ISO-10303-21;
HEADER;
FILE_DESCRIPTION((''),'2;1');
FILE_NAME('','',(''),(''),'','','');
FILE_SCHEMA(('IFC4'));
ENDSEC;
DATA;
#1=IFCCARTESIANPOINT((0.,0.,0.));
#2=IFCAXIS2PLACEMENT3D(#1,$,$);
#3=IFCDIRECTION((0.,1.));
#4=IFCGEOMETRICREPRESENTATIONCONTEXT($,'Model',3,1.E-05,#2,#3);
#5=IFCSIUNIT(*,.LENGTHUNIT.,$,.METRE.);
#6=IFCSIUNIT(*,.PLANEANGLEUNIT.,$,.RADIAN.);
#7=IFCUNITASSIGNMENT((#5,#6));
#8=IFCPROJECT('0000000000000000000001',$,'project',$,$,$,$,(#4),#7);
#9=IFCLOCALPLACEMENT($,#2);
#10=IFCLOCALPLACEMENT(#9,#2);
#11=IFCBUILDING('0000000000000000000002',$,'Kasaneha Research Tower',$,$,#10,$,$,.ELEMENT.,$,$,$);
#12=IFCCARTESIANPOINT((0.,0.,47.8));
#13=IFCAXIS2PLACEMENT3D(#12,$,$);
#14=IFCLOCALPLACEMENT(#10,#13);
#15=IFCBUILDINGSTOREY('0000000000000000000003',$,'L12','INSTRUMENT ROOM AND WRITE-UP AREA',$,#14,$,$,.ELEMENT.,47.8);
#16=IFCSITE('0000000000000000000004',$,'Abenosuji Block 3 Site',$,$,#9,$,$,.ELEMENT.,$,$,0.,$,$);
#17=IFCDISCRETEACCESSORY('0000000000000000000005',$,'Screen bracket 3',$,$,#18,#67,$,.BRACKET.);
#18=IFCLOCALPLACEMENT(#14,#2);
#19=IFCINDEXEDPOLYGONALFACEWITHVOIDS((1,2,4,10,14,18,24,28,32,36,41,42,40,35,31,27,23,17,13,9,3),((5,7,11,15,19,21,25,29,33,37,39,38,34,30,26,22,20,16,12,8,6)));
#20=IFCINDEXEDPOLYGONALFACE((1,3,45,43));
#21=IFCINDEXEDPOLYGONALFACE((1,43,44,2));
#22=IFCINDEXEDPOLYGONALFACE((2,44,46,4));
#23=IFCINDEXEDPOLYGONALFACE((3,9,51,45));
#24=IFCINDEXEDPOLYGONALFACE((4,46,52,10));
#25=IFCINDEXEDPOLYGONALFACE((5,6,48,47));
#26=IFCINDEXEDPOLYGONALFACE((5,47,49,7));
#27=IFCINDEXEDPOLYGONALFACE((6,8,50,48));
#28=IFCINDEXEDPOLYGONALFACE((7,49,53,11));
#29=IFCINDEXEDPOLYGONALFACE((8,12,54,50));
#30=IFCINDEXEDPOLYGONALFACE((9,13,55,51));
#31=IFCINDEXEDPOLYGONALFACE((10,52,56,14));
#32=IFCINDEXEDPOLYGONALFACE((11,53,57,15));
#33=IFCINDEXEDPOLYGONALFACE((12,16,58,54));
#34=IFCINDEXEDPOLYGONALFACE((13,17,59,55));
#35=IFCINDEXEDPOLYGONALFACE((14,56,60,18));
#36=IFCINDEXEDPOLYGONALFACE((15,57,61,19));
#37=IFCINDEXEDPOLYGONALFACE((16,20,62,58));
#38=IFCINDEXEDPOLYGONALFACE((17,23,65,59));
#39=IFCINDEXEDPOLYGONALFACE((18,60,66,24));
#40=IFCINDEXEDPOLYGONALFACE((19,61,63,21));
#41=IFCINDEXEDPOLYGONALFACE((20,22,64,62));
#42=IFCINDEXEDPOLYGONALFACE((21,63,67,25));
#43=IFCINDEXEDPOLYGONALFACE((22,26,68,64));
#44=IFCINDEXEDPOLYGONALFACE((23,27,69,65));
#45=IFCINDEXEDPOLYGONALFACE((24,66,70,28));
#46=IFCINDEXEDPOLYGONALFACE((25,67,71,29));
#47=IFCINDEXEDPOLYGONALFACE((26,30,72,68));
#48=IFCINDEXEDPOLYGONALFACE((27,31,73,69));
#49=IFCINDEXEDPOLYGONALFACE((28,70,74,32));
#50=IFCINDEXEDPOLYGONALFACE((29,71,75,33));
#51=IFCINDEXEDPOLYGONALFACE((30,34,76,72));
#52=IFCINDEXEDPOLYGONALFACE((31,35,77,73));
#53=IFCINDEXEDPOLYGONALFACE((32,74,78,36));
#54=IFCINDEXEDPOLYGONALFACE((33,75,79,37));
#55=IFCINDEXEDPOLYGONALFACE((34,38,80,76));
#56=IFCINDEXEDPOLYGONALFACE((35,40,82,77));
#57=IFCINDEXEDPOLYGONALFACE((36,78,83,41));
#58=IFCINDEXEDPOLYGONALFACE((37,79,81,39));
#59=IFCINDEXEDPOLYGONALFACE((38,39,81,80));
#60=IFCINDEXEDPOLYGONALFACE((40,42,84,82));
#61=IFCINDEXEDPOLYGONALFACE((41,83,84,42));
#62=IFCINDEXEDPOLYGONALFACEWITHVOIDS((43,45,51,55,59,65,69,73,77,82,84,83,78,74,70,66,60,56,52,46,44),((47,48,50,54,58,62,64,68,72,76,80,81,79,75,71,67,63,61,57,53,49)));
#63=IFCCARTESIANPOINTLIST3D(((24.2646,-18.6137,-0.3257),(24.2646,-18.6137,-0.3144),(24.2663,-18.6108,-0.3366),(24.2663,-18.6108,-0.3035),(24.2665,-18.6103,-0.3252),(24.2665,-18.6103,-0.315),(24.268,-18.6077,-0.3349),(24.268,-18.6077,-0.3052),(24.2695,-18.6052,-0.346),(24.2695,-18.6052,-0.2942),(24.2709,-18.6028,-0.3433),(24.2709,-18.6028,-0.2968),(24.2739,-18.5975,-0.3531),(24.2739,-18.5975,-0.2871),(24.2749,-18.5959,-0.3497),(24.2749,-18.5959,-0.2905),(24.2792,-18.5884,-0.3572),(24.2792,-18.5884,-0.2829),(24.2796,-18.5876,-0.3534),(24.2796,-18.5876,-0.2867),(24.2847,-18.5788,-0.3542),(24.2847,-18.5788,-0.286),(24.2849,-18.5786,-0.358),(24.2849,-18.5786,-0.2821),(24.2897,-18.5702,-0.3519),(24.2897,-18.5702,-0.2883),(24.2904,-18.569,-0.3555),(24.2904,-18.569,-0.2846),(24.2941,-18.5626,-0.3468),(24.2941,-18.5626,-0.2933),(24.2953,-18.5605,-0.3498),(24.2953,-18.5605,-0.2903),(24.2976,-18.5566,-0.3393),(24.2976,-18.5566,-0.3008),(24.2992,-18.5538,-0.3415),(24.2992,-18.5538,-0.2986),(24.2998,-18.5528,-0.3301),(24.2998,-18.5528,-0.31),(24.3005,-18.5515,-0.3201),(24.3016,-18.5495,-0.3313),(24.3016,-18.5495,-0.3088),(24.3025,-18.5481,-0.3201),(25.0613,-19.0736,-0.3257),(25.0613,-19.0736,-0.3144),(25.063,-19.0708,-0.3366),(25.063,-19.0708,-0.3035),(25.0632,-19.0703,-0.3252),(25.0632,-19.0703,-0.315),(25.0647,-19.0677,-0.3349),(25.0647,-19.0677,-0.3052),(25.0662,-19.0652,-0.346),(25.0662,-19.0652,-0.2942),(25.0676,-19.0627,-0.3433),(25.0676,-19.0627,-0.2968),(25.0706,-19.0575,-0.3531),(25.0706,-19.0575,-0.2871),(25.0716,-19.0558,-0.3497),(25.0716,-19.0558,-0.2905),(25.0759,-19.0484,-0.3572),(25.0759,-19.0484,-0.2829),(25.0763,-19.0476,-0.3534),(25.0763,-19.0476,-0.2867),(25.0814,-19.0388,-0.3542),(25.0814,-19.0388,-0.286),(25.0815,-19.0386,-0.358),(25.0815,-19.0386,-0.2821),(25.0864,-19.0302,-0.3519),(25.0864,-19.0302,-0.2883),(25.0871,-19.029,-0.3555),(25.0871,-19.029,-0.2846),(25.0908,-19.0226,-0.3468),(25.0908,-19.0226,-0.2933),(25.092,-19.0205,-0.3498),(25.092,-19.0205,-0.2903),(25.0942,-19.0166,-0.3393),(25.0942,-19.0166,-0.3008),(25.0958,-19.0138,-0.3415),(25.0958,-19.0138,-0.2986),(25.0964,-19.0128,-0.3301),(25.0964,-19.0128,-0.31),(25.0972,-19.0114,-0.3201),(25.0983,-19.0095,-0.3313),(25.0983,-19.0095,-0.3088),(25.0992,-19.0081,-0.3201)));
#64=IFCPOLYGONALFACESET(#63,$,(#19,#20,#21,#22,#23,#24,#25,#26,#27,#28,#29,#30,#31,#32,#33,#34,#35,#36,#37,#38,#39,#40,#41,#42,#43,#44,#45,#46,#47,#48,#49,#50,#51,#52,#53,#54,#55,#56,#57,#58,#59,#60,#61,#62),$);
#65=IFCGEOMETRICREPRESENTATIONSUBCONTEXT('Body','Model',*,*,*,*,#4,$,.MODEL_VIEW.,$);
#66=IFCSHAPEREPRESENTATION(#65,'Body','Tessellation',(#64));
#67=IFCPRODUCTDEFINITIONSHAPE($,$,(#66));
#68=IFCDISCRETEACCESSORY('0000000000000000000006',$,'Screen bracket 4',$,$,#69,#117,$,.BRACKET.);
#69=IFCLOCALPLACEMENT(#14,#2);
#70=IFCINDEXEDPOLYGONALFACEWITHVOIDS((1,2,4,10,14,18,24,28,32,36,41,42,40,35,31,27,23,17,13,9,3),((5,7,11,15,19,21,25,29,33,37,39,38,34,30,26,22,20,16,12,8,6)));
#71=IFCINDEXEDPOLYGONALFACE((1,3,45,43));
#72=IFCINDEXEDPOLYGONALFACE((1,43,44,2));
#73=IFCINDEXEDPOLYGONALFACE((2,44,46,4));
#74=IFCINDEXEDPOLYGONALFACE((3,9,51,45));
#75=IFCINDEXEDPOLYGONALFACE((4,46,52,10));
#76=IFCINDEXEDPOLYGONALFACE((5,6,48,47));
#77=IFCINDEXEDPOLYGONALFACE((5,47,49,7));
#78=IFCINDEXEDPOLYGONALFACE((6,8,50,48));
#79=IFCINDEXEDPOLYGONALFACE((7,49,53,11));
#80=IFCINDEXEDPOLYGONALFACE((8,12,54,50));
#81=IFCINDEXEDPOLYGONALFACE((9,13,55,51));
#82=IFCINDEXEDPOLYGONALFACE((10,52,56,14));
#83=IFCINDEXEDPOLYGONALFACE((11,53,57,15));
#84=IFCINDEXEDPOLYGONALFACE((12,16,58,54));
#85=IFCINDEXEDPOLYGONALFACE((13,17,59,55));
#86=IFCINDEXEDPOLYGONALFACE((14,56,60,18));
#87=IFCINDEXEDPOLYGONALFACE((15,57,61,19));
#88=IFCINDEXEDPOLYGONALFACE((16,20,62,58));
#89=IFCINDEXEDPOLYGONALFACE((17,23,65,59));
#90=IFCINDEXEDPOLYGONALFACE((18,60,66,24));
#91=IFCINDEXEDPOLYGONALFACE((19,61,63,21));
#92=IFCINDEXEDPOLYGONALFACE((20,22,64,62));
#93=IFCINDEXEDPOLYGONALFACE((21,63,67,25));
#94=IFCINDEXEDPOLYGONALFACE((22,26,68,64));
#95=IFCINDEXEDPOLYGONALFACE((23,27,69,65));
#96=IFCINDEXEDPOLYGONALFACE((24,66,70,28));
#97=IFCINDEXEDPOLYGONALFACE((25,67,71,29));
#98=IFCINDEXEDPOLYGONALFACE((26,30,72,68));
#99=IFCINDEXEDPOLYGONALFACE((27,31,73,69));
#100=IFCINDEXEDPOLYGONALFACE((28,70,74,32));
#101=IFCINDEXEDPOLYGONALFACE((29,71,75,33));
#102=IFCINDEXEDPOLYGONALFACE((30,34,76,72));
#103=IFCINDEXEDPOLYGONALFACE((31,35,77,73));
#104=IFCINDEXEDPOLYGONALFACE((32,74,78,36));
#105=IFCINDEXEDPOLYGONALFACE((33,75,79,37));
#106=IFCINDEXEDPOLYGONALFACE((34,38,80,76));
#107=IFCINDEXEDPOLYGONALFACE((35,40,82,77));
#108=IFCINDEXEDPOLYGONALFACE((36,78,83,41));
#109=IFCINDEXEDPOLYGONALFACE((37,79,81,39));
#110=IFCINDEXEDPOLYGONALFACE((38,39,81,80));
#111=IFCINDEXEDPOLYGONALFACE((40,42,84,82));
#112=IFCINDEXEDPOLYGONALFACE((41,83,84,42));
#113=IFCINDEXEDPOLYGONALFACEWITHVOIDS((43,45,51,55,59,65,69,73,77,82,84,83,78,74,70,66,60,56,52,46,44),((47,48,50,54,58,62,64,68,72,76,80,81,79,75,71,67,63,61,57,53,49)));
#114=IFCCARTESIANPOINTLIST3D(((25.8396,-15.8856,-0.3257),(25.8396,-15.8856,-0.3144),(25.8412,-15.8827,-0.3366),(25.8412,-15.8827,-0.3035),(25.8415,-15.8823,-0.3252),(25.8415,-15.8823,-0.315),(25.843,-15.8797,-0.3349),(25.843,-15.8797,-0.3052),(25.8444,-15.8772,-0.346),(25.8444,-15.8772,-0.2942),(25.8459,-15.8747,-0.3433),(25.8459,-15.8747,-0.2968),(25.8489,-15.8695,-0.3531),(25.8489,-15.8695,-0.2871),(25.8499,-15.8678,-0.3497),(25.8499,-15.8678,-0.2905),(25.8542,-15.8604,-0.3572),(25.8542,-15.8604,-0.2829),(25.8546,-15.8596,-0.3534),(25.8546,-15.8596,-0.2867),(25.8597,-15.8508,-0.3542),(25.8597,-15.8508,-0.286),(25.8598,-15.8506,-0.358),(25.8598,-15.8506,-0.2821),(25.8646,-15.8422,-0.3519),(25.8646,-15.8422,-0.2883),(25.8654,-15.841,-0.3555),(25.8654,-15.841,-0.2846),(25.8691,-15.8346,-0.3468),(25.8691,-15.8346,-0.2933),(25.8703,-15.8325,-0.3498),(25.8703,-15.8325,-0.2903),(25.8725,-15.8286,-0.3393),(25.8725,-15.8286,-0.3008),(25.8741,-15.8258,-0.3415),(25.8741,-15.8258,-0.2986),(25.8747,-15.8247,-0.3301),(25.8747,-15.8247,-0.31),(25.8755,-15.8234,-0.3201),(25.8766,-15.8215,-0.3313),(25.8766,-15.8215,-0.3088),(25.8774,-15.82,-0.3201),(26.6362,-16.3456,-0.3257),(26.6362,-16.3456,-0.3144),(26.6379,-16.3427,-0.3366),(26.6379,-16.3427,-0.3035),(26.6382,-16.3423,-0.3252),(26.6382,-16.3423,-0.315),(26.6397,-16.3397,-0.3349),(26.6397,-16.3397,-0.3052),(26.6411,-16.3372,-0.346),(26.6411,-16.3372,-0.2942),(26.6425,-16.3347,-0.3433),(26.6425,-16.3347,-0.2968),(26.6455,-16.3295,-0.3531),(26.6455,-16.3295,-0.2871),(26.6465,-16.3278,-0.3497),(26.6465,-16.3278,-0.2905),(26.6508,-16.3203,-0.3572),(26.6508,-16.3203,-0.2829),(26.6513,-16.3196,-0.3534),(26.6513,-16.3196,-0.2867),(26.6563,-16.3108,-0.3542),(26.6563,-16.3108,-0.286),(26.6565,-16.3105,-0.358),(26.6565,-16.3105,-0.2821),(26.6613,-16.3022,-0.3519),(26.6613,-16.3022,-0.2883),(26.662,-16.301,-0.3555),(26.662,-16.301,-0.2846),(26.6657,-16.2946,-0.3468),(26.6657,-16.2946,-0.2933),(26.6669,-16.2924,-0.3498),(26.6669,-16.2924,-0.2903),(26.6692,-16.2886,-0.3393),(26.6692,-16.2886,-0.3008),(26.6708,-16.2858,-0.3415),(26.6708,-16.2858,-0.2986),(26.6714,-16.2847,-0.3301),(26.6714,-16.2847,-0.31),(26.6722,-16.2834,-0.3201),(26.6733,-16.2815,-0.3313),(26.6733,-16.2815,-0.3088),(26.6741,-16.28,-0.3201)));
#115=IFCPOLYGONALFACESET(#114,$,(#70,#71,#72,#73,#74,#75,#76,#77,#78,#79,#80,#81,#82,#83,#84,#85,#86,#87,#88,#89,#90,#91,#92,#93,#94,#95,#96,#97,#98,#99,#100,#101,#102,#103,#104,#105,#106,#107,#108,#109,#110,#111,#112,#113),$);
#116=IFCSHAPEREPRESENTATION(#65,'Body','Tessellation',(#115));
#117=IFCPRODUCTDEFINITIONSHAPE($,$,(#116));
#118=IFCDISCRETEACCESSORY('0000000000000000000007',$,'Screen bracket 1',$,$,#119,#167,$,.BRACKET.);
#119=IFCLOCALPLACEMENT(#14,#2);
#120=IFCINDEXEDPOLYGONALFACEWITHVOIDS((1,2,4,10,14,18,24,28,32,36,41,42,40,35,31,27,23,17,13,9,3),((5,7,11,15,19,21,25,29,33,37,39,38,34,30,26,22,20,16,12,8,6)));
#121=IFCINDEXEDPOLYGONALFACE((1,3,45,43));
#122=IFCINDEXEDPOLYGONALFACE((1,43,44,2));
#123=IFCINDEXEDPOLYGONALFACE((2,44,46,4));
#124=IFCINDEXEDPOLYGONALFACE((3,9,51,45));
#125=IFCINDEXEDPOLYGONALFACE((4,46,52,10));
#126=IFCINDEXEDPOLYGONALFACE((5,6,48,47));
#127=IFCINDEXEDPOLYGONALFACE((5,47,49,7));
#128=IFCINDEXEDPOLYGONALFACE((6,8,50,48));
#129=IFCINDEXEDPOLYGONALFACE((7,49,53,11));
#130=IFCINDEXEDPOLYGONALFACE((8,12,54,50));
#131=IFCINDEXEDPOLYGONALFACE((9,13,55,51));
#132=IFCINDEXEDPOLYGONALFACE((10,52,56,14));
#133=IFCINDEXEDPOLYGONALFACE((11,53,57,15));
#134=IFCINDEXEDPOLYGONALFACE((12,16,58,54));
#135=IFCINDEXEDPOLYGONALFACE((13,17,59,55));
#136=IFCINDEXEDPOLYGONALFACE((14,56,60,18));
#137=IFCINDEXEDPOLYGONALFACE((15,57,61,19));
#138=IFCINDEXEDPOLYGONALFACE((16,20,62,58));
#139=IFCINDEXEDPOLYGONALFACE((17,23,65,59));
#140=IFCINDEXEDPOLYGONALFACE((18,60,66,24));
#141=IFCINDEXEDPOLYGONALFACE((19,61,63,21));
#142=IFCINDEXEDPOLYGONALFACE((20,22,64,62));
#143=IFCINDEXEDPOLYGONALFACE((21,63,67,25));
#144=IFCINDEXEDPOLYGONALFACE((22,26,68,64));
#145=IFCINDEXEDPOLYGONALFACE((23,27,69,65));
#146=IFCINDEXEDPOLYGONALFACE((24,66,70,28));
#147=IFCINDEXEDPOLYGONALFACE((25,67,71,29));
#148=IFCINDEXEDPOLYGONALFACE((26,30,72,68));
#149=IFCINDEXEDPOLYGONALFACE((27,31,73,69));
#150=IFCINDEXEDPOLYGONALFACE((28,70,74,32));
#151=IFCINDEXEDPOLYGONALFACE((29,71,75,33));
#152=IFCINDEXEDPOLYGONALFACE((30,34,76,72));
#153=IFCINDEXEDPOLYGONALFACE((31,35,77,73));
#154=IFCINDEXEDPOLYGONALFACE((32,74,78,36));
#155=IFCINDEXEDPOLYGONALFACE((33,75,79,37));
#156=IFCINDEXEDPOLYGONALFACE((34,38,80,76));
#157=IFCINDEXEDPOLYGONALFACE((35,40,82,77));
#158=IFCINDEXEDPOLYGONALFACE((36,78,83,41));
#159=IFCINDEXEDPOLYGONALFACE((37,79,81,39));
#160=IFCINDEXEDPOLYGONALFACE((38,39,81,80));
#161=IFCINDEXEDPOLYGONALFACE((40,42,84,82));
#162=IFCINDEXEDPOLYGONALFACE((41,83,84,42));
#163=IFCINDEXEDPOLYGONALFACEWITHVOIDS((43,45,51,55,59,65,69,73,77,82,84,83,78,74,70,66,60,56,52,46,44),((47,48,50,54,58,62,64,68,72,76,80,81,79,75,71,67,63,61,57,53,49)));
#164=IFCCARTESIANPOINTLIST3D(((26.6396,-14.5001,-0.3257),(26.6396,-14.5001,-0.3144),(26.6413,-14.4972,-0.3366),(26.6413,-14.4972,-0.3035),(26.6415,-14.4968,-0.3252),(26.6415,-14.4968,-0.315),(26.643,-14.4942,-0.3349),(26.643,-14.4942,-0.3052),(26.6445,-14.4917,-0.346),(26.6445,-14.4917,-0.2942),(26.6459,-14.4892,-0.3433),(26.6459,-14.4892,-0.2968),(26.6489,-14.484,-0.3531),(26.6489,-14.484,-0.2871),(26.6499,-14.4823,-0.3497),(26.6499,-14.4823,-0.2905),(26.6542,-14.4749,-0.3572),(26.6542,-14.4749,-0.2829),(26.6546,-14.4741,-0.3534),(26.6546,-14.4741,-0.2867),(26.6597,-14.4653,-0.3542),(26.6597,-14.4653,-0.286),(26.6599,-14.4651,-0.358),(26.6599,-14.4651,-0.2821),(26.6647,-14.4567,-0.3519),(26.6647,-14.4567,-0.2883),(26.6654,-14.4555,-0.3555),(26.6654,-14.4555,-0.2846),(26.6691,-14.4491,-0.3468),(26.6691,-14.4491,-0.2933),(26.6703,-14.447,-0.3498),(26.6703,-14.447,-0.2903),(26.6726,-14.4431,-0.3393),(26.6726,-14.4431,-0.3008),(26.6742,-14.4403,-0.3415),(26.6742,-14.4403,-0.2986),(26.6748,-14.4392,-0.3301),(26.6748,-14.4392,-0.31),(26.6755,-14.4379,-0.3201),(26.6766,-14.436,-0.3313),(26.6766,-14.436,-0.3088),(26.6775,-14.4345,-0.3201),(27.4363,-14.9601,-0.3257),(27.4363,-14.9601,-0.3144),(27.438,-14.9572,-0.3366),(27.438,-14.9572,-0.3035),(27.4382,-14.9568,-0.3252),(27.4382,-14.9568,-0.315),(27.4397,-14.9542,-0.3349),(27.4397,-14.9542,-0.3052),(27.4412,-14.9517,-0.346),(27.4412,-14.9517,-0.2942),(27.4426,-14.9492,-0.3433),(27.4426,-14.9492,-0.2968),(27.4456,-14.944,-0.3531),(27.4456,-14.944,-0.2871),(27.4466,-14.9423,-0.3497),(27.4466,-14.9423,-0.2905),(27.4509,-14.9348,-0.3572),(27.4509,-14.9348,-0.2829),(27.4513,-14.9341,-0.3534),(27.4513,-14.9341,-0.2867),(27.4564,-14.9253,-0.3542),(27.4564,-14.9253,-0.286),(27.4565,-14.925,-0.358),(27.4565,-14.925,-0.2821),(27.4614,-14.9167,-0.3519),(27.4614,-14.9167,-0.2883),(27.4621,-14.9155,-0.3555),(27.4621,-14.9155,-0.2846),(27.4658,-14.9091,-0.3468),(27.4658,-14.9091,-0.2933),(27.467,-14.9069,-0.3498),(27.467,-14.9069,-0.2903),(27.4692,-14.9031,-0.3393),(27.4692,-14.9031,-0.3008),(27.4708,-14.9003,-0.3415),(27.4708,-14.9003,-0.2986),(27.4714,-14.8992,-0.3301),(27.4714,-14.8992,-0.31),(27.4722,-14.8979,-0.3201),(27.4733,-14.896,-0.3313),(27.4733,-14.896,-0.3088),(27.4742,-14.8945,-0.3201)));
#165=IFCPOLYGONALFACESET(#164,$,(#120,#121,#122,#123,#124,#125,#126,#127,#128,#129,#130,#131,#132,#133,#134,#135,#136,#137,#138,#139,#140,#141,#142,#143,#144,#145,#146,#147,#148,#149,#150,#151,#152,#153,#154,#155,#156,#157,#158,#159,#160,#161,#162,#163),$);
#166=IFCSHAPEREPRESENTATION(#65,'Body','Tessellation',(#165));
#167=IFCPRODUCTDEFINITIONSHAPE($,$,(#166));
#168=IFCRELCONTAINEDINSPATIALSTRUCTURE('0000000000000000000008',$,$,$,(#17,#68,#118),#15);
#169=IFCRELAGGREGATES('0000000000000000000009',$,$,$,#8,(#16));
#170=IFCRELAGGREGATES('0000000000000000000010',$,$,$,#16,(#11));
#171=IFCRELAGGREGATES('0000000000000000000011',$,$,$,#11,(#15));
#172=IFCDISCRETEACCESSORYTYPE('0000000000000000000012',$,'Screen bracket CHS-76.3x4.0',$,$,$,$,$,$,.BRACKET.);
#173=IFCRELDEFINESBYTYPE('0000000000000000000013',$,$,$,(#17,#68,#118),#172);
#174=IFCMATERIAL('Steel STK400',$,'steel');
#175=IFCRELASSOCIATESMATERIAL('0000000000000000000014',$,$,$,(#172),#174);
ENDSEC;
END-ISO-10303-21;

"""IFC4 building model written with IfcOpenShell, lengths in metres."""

from ifc_helpers import new_model, si_unit, direction, frame, origin, origin_2d, place, context, subcontext, project, spatial, hollow_circle, extrude, material, material_profile, profile_set, type_object, element, save


model = new_model("IFC4")

# Units and contexts
model_context = context("Model", 3, precision=1e-05, world=origin(), true_north=direction((0.0, 1.0)))
body_context = subcontext(model_context, "Body", "Model", "MODEL_VIEW")
ifc_project = project(units=[si_unit("LENGTHUNIT", "METRE"), si_unit("PLANEANGLEUNIT", "RADIAN")], contexts=[model_context])

# Site, building, storey
site_placement = place(None, origin())
site = spatial("IfcSite", under=ifc_project, at=site_placement, Name="Abenosuji Block 3 Site", CompositionType="ELEMENT", RefElevation=0.0)
building_placement = place(site_placement, origin())
building = spatial("IfcBuilding", under=site, at=building_placement, Name="Kasaneha Research Tower", CompositionType="ELEMENT")
storey_placement = place(building_placement, frame((0.0, 0.0, 47.8)))
storey = spatial("IfcBuildingStorey", under=building, at=storey_placement, Name="L12", Description="INSTRUMENT ROOM AND WRITE-UP AREA", CompositionType="ELEMENT", Elevation=47.8)

# Discrete accessories
ifc_material_1 = material(Name="Steel STK400", Category="steel")
ifc_material_profile_1 = material_profile(ifc_material_1, hollow_circle(Radius=0.0381, WallThickness=0.0039, at=origin_2d()), Name="CHS-76.3x4.0")
ifc_profile_set_1 = profile_set([ifc_material_profile_1], Name="Steel STK400")
discrete_accessory_type = type_object("IfcDiscreteAccessoryType", Name="Screen bracket CHS-76.3x4.0", PredefinedType="BRACKET", material=ifc_profile_set_1)
for number, where, z_axis, x_axis, name in (
    (1, (24.2834, -18.5811, -0.3201), (0.866013, -0.500021, 0.0), (0.500021, 0.866013, 0.0), "Screen bracket 3"),
    (2, (25.8584, -15.853, -0.3201), (0.866013, -0.500021, 0.0), (0.500021, 0.866013, 0.0), "Screen bracket 4"),
    (3, (26.6584, -14.4675, -0.3201), (0.866013, -0.500021, 0.0), (0.500021, 0.866013, 0.0), "Screen bracket 1"),
):
    element("IfcDiscreteAccessory", number, at=place(storey_placement, frame(where, z_axis=z_axis, x_axis=x_axis)), inside=storey, type_object=discrete_accessory_type, Name=name, PredefinedType="BRACKET", context=body_context, shape_type="SweptSolid", body=[
        extrude(hollow_circle(Radius=0.0381, WallThickness=0.0039, at=origin_2d()), origin(), (0.0, 0.0, 1.0), 0.9199),
    ])

save(model, "model.ifc")
